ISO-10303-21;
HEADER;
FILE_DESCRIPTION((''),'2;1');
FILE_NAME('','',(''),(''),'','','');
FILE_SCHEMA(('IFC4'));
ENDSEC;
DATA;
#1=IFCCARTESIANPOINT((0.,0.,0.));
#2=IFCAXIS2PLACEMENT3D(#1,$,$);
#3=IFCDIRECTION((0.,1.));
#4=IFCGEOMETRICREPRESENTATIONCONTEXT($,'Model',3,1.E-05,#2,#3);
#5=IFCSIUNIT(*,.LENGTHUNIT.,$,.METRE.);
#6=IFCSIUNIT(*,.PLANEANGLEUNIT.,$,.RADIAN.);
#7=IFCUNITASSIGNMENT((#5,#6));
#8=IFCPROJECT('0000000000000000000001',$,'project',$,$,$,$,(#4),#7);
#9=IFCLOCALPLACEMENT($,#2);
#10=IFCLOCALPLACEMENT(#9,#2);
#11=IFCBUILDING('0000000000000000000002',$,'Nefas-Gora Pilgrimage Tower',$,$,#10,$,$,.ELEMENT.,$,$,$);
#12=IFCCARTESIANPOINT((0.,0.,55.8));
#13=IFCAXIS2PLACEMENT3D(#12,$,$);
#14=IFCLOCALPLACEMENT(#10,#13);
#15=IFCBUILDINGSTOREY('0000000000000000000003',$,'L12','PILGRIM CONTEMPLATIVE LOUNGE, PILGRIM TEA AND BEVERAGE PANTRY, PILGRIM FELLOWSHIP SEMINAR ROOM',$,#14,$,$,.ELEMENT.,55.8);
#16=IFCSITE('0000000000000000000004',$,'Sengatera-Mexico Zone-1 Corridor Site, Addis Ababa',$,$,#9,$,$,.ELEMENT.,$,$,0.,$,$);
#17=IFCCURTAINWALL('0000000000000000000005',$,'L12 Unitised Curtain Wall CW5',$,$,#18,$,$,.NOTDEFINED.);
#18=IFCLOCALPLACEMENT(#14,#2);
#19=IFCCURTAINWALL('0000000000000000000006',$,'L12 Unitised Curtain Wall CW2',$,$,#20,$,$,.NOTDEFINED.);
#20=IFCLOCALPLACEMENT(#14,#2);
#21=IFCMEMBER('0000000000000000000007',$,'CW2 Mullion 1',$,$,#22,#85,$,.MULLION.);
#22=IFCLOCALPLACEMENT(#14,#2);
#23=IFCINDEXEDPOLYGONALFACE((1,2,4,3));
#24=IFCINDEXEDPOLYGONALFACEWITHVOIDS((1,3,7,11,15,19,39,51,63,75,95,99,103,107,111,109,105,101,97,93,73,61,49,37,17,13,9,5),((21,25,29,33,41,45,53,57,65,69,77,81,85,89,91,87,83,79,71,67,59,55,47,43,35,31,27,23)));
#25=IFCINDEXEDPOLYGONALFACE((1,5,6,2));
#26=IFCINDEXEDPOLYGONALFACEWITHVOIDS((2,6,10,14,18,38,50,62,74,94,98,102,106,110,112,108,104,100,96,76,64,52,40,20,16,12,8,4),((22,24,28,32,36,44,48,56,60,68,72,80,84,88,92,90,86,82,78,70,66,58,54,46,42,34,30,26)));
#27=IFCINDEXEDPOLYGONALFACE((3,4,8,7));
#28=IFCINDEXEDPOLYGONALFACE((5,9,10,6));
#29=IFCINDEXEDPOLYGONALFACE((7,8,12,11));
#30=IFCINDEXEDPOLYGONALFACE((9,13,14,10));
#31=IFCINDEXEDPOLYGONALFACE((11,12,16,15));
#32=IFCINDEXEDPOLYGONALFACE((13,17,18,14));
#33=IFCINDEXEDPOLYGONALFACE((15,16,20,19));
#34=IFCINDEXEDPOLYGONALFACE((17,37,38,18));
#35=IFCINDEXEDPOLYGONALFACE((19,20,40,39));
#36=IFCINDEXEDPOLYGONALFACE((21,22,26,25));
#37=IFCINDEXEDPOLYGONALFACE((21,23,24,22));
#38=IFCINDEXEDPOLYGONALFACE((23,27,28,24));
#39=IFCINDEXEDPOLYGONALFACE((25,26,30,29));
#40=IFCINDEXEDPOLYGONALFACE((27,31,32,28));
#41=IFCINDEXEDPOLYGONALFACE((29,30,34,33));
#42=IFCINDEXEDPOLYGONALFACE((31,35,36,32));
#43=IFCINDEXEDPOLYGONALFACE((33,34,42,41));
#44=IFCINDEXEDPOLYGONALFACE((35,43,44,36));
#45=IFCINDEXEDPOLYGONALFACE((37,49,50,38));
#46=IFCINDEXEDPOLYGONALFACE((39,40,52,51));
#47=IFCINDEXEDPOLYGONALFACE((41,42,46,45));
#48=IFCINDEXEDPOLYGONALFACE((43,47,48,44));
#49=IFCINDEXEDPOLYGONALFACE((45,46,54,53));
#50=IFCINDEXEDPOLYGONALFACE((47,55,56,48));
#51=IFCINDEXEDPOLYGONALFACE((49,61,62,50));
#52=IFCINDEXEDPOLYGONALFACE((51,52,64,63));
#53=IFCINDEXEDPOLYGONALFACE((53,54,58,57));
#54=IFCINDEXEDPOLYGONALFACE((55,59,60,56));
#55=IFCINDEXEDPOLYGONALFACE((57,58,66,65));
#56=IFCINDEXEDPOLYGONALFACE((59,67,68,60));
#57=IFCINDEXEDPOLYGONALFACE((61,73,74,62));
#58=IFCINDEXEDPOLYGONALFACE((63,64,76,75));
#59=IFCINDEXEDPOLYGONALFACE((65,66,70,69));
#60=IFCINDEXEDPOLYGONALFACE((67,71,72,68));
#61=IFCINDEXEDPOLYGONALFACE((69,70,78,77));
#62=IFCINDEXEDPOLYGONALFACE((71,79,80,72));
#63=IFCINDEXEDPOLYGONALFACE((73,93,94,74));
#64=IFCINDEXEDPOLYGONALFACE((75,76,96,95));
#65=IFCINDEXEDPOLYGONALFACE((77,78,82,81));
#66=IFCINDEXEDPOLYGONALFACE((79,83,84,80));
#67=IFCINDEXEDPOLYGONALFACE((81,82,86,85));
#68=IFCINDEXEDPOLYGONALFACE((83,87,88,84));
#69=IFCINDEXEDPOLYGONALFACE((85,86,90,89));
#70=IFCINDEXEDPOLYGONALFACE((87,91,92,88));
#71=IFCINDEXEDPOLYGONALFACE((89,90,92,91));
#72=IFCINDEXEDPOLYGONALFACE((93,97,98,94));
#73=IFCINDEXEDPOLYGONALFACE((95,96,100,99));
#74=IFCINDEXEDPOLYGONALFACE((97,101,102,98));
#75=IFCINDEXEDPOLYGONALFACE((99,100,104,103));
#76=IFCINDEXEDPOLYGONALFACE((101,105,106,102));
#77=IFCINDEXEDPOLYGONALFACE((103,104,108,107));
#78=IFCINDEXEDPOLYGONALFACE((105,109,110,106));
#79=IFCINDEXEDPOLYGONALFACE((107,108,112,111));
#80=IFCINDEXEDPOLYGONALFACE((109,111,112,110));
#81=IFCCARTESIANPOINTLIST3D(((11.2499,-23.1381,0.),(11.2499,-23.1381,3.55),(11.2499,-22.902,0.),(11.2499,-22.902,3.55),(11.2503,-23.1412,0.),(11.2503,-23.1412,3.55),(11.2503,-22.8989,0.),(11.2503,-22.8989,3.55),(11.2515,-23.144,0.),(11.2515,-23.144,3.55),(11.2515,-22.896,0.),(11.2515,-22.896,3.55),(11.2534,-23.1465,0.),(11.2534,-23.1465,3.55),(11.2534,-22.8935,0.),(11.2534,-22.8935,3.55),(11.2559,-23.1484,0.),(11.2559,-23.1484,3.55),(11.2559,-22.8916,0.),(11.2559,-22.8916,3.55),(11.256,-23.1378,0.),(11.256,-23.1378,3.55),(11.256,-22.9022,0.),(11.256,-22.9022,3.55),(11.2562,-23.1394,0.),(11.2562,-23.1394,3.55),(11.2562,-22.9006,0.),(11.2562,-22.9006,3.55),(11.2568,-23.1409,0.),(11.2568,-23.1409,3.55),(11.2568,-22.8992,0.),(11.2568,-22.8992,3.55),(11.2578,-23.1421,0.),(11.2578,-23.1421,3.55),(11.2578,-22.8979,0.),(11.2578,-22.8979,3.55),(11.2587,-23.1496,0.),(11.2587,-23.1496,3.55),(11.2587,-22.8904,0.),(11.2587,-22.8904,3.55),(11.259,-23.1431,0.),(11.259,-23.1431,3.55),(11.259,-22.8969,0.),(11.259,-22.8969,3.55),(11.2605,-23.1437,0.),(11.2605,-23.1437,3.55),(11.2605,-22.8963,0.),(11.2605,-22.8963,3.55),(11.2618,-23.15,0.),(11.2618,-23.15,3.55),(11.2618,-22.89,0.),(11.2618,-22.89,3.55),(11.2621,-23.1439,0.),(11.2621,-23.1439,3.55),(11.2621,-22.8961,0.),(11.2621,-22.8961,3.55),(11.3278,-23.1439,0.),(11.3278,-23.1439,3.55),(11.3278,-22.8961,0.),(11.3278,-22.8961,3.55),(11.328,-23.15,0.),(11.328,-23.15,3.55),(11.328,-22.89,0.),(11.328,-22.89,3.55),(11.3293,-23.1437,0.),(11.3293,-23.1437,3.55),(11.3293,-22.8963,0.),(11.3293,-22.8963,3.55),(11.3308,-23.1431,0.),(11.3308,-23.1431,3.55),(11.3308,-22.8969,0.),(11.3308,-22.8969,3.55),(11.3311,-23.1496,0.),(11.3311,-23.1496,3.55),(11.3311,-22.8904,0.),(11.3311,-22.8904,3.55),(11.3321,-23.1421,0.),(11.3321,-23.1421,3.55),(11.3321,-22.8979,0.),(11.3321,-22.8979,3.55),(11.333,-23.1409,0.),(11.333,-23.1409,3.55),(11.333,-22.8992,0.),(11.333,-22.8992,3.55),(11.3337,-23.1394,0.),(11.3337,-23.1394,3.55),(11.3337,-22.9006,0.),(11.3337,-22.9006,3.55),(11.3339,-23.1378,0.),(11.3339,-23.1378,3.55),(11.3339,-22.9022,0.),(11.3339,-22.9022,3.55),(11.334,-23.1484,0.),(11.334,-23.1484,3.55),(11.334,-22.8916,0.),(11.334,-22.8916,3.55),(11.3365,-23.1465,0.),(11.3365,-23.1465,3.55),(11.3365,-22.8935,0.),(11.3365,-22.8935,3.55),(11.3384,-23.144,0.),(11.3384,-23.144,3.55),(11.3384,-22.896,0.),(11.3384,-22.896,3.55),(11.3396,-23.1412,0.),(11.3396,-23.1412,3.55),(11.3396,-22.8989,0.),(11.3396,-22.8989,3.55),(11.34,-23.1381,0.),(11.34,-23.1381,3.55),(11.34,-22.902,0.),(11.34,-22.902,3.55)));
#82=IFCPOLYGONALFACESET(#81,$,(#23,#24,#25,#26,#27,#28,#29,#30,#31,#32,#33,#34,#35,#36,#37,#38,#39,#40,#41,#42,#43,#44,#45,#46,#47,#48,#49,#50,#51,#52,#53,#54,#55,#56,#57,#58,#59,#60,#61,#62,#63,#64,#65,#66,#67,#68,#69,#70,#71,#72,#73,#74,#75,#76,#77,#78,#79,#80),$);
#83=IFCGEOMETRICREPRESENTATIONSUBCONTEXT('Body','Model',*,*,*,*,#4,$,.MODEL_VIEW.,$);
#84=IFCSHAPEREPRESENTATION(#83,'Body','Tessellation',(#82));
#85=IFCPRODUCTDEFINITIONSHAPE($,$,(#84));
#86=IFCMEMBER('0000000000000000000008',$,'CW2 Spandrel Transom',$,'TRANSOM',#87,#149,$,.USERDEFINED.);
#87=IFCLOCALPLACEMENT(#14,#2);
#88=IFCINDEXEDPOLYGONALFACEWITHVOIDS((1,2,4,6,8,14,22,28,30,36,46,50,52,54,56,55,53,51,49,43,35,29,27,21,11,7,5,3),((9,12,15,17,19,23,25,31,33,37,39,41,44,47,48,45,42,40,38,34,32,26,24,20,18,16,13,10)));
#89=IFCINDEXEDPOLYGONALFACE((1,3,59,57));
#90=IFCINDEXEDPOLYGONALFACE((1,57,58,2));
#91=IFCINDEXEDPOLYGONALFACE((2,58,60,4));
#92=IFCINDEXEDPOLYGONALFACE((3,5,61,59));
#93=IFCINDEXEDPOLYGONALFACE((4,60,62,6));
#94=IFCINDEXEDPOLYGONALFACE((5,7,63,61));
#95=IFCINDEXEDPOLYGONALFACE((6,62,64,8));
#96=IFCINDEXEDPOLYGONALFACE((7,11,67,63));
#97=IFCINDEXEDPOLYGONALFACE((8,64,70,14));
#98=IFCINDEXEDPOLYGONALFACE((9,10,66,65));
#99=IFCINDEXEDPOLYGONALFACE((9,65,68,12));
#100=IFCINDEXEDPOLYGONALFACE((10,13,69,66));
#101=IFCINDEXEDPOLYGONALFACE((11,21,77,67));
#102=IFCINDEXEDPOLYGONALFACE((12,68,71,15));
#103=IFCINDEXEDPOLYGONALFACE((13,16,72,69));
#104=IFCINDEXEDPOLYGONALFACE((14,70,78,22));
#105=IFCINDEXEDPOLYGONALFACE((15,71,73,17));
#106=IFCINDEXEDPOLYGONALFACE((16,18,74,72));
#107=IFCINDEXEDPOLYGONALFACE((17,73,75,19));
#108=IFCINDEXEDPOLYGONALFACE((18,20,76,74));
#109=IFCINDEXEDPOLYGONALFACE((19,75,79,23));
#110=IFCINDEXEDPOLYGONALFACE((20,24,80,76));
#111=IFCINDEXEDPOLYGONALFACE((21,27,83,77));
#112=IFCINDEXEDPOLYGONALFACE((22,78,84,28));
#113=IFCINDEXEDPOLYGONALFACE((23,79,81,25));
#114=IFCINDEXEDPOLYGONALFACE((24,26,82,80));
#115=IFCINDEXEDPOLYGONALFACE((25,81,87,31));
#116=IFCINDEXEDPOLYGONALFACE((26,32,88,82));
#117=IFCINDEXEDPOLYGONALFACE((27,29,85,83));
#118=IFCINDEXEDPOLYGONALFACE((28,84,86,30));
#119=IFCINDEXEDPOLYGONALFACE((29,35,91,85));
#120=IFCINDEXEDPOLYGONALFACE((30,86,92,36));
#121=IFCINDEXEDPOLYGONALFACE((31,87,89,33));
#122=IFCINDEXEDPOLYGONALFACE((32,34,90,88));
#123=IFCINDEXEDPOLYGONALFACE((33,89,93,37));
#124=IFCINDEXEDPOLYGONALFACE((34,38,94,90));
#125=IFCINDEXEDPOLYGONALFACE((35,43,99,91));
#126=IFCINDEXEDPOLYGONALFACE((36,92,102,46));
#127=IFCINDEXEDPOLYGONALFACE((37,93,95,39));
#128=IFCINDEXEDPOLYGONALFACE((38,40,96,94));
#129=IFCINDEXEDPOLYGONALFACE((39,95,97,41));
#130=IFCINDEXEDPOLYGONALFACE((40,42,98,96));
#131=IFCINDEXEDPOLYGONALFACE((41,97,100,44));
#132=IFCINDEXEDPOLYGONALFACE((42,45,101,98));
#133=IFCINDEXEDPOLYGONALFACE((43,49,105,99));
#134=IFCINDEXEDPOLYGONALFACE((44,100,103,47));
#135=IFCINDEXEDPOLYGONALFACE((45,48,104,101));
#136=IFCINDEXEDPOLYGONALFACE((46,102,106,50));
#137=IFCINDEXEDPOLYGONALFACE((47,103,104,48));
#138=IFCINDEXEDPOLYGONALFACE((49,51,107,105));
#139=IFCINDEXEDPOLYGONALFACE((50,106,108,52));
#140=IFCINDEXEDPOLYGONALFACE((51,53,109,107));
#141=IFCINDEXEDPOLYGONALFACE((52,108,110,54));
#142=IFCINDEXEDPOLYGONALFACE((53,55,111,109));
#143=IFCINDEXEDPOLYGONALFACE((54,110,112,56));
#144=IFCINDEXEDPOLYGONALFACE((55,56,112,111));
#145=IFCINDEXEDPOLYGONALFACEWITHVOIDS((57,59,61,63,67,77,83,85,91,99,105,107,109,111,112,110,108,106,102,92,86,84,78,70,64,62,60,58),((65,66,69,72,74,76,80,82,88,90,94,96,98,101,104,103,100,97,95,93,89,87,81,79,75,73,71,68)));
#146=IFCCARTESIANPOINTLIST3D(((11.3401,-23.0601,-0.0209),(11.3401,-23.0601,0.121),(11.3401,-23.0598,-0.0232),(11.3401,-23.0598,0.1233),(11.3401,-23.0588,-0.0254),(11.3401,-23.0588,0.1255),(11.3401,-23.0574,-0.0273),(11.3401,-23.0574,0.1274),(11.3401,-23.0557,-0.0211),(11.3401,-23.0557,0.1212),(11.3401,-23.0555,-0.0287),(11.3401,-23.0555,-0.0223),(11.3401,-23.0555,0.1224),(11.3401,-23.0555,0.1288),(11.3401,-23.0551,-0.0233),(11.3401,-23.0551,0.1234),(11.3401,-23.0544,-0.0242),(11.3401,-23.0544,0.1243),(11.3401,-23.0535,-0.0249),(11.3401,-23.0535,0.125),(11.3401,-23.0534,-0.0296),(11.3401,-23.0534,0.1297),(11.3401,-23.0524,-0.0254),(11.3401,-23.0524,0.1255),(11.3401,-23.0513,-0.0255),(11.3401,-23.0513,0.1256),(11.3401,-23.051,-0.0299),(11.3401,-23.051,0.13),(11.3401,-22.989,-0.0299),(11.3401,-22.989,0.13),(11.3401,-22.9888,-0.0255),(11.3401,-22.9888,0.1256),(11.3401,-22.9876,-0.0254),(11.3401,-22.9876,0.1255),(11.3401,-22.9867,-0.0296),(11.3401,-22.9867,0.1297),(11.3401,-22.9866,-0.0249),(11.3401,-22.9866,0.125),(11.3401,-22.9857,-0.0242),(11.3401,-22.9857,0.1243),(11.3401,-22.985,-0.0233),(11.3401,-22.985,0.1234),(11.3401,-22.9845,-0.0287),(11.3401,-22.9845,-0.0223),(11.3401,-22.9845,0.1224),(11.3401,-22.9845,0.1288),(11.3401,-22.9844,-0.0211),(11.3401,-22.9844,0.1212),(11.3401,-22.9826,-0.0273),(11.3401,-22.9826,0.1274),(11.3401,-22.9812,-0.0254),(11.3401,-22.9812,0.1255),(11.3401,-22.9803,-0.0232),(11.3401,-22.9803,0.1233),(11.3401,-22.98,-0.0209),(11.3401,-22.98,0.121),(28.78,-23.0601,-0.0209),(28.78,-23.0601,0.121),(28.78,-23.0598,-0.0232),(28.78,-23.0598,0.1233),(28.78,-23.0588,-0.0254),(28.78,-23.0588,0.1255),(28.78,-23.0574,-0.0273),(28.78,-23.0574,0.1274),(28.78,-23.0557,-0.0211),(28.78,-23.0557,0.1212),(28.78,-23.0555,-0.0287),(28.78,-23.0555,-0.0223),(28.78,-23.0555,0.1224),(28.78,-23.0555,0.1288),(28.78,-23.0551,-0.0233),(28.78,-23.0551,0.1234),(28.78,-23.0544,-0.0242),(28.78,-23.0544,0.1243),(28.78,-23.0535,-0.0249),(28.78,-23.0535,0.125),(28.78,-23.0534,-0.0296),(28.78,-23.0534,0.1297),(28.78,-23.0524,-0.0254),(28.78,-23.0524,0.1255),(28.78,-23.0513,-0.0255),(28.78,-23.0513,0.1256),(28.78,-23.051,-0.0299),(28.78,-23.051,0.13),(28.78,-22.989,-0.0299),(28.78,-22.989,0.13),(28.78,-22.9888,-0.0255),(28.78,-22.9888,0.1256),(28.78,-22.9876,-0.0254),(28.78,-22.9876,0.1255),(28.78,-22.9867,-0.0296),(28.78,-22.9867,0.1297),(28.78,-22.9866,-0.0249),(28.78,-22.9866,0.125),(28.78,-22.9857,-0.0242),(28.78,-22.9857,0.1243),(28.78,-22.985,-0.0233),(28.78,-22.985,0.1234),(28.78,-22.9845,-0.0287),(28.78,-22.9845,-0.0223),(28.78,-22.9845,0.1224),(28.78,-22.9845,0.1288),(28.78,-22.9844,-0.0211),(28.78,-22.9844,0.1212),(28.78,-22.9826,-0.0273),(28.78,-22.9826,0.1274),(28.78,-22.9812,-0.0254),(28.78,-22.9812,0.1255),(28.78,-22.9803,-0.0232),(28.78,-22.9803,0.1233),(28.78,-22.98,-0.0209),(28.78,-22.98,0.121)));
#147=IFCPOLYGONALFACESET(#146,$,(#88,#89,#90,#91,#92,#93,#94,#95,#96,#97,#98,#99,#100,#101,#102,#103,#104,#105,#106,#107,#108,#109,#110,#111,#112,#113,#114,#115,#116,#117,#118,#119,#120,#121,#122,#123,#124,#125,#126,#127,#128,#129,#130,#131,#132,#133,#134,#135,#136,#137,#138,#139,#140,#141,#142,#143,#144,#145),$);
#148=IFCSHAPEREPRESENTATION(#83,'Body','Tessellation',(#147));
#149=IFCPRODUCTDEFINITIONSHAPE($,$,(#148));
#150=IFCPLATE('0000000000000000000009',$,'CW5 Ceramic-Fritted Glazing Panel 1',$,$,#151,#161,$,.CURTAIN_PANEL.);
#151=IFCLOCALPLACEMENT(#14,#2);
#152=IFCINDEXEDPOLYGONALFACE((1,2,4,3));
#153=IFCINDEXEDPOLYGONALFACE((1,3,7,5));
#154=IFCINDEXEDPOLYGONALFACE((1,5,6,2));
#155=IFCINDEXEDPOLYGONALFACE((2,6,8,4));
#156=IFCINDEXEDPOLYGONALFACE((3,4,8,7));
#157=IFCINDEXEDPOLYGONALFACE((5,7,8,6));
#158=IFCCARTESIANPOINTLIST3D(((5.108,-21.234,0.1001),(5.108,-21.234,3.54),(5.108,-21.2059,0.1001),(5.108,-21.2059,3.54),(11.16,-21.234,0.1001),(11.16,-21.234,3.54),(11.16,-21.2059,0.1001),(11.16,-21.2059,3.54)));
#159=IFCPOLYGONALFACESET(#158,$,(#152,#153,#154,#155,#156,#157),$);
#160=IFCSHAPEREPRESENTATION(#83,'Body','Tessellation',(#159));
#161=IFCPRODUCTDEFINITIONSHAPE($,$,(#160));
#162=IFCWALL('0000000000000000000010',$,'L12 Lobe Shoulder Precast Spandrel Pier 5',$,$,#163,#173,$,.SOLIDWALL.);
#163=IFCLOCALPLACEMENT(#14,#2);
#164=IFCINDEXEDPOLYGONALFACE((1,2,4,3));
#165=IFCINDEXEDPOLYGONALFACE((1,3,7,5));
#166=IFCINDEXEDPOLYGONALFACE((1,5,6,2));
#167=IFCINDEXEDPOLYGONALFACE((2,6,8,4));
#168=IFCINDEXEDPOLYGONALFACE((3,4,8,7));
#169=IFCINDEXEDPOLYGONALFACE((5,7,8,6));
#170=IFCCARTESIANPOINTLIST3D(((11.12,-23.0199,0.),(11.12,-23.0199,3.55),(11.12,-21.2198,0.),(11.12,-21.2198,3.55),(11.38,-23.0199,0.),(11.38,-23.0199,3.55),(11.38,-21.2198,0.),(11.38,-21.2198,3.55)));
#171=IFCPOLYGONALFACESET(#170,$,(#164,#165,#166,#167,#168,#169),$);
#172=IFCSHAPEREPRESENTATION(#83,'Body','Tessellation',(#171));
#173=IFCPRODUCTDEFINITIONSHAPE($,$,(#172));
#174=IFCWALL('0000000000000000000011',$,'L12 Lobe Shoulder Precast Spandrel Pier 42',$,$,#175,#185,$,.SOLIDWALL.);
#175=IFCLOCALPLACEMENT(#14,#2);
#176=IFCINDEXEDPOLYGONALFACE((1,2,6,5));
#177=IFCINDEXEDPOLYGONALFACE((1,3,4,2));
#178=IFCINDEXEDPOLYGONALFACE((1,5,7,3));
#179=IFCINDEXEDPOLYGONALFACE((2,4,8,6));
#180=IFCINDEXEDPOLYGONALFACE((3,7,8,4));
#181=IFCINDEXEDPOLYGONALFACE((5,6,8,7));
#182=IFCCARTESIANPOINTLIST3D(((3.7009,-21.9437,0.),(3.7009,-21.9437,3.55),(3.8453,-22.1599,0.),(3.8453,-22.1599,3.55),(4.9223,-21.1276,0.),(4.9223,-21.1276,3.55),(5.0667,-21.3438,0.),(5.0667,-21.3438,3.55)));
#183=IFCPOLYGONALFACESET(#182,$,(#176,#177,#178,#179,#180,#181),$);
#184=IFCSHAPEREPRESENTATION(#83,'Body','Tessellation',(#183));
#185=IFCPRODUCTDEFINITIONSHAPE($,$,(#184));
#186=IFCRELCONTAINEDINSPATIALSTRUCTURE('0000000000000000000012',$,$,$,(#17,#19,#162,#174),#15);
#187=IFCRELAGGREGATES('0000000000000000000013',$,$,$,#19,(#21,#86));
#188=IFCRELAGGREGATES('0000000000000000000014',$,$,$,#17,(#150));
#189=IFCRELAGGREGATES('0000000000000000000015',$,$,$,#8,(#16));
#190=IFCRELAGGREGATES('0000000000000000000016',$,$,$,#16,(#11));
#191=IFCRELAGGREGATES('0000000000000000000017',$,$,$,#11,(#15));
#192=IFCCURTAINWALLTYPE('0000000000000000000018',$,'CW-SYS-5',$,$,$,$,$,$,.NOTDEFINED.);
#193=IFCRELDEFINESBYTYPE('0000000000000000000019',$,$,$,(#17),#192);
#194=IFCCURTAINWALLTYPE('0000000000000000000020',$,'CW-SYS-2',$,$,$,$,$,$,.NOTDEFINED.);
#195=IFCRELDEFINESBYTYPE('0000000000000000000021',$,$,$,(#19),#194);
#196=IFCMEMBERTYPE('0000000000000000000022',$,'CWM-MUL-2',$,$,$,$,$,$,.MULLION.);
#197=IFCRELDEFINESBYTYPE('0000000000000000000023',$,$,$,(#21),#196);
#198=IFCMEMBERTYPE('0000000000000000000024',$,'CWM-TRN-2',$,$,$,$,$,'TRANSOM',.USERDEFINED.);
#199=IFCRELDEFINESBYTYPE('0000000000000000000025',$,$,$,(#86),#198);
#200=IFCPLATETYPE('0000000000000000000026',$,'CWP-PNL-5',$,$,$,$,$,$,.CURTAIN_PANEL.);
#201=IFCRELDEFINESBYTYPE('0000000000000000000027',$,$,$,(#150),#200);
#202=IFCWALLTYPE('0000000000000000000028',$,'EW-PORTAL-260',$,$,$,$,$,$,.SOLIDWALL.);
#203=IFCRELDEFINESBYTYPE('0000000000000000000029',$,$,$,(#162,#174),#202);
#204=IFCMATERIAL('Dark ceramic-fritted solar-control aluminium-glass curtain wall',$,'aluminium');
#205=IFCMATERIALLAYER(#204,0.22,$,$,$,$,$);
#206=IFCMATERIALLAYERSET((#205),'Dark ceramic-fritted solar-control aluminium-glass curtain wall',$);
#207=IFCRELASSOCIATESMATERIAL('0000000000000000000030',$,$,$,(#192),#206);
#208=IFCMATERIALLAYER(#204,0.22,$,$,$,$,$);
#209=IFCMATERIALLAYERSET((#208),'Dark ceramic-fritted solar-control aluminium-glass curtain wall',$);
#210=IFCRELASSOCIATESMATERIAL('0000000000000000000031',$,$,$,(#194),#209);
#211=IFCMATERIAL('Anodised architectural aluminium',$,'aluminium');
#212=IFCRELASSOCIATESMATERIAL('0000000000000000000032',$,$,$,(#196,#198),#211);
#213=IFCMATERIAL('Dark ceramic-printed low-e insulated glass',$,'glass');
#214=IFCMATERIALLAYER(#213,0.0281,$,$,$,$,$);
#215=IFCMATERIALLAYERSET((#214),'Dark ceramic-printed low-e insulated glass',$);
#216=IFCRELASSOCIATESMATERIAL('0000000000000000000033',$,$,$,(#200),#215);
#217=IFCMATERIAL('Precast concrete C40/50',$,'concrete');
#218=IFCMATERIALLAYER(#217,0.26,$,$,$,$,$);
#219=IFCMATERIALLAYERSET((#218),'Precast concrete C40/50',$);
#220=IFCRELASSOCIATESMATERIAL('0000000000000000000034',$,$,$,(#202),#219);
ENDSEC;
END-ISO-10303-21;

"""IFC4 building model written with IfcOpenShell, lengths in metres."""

from ifc_helpers import new_model, si_unit, direction, frame, frame_2d, origin, origin_2d, place, context, subcontext, project, spatial, rectangle, hollow_rectangle, extrude, source, transform, mapped, material, layer, layer_set, material_profile, profile_set, type_object, element, aggregate, save


model = new_model("IFC4")

# Units and contexts
model_context = context("Model", 3, precision=1e-05, world=origin(), true_north=direction((0.0, 1.0)))
body_context = subcontext(model_context, "Body", "Model", "MODEL_VIEW")
ifc_project = project(units=[si_unit("LENGTHUNIT", "METRE"), si_unit("PLANEANGLEUNIT", "RADIAN")], contexts=[model_context])

# Site, building, storey
site_placement = place(None, origin())
site = spatial("IfcSite", under=ifc_project, at=site_placement, Name="Sengatera-Mexico Zone-1 Corridor Site, Addis Ababa", CompositionType="ELEMENT", RefElevation=0.0)
building_placement = place(site_placement, origin())
building = spatial("IfcBuilding", under=site, at=building_placement, Name="Nefas-Gora Pilgrimage Tower", CompositionType="ELEMENT")
storey_placement = place(building_placement, frame((0.0, 0.0, 55.8)))
storey = spatial("IfcBuildingStorey", under=building, at=storey_placement, Name="L12", Description="PILGRIM CONTEMPLATIVE LOUNGE, PILGRIM TEA AND BEVERAGE PANTRY, PILGRIM FELLOWSHIP SEMINAR ROOM", CompositionType="ELEMENT", Elevation=55.8)

# Curtain wall
ifc_material_1 = material(Name="Dark ceramic-fritted solar-control aluminium-glass curtain wall", Category="aluminium")
ifc_layer_1 = layer(ifc_material_1, 0.22)
ifc_layer_set_1 = layer_set([ifc_layer_1], Name="Dark ceramic-fritted solar-control aluminium-glass curtain wall")
curtain_wall_type_1 = type_object("IfcCurtainWallType", Name="CW-SYS-5", PredefinedType="NOTDEFINED", material=ifc_layer_set_1)
curtain_wall_1_placement = place(storey_placement, origin())
curtain_wall_1 = element("IfcCurtainWall", 1, at=curtain_wall_1_placement, inside=storey, type_object=curtain_wall_type_1, Name="L12 Unitised Curtain Wall CW5", PredefinedType="NOTDEFINED")
ifc_material_2 = material(Name="Anodised architectural aluminium", Category="aluminium")

# Curtain wall, members
ifc_layer_2 = layer(ifc_material_1, 0.22)
ifc_layer_set_2 = layer_set([ifc_layer_2], Name="Dark ceramic-fritted solar-control aluminium-glass curtain wall")
curtain_wall_type_2 = type_object("IfcCurtainWallType", Name="CW-SYS-2", PredefinedType="NOTDEFINED", material=ifc_layer_set_2)
curtain_wall_2_placement = place(storey_placement, origin())
curtain_wall_2 = element("IfcCurtainWall", 2, at=curtain_wall_2_placement, inside=storey, type_object=curtain_wall_type_2, Name="L12 Unitised Curtain Wall CW2", PredefinedType="NOTDEFINED")
ifc_material_profile_1 = material_profile(ifc_material_2, hollow_rectangle(XDim=0.0901, YDim=0.26, WallThickness=0.0061, InnerFilletRadius=0.0061, OuterFilletRadius=0.012, at=origin_2d()), Name="ALU MULLION 90x260")
ifc_profile_set_1 = profile_set([ifc_material_profile_1], Name="Anodised architectural aluminium")
member_type_1 = type_object("IfcMemberType", Name="CWM-MUL-2", PredefinedType="MULLION", material=ifc_profile_set_1)
shared_shape_1 = source(origin(), body_context, "Body", "SweptSolid", [
    extrude(hollow_rectangle(XDim=0.0901, YDim=0.26, WallThickness=0.0061, InnerFilletRadius=0.0061, OuterFilletRadius=0.012, at=origin_2d()), origin(), (0.0, 0.0, 1.0), 3.55),
])
member_1_placement = place(storey_placement, frame((11.2949, -23.02, 0.0), z_axis=(0.0, 0.0, 1.0), x_axis=(1.0, 0.0, 0.0)))
member_1 = element("IfcMember", 3, at=member_1_placement, type_object=member_type_1, Name="CW2 Mullion 1", PredefinedType="MULLION", context=body_context, shape_type="MappedRepresentation", body=[
    mapped(shared_shape_1, transform((0.0, 0.0, 0.0), x_axis=(1.0, 0.0, 0.0), y_axis=(0.0, 1.0, 0.0), z_axis=(0.0, 0.0, 1.0), scale=1.0)),
])
ifc_material_profile_2 = material_profile(ifc_material_2, hollow_rectangle(XDim=0.0801, YDim=0.1599, WallThickness=0.0044, InnerFilletRadius=0.0044, OuterFilletRadius=0.009, at=origin_2d()), Name="ALU TRANSOM 80x160")
ifc_profile_set_2 = profile_set([ifc_material_profile_2], Name="Anodised architectural aluminium")
member_type_2 = type_object("IfcMemberType", Name="CWM-TRN-2", ElementType="TRANSOM", PredefinedType="USERDEFINED", material=ifc_profile_set_2)
shared_shape_2 = source(origin(), body_context, "Body", "SweptSolid", [
    extrude(hollow_rectangle(XDim=0.0801, YDim=0.1599, WallThickness=0.0044, InnerFilletRadius=0.0044, OuterFilletRadius=0.009, at=origin_2d()), origin(), (0.0, 0.0, 1.0), 17.4399),
])
member_2_placement = place(storey_placement, frame((11.3401, -23.02, 0.05), z_axis=(1.0, 0.0, 0.0), x_axis=(0.0, 1.0, 0.0)))
member_2 = element("IfcMember", 4, at=member_2_placement, type_object=member_type_2, Name="CW2 Spandrel Transom", ObjectType="TRANSOM", PredefinedType="USERDEFINED", context=body_context, shape_type="MappedRepresentation", body=[
    mapped(shared_shape_2, transform((0.0, 0.0, 0.0), x_axis=(1.0, 0.0, 0.0), y_axis=(0.0, 1.0, 0.0), z_axis=(0.0, 0.0, 1.0), scale=1.0)),
])
aggregate(curtain_wall_2, [member_1, member_2])

# Plate
ifc_material_3 = material(Name="Dark ceramic-printed low-e insulated glass", Category="glass")
ifc_layer_3 = layer(ifc_material_3, 0.0281)
ifc_layer_set_3 = layer_set([ifc_layer_3], Name="Dark ceramic-printed low-e insulated glass")
plate_type = type_object("IfcPlateType", Name="CWP-PNL-5", PredefinedType="CURTAIN_PANEL", material=ifc_layer_set_3)
shared_shape_3 = source(origin(), body_context, "Body", "SweptSolid", [
    extrude(rectangle(XDim=6.052, YDim=0.0281, at=origin_2d()), origin(), (0.0, 0.0, 1.0), 3.4399),
])
plate_placement = place(storey_placement, frame((8.134, -21.22, 0.1001), z_axis=(0.0, 0.0, 1.0), x_axis=(1.0, 0.0, 0.0)))
plate = element("IfcPlate", 5, at=plate_placement, type_object=plate_type, Name="CW5 Ceramic-Fritted Glazing Panel 1", PredefinedType="CURTAIN_PANEL", context=body_context, shape_type="MappedRepresentation", body=[
    mapped(shared_shape_3, transform((0.0, 0.0, 0.0), x_axis=(1.0, 0.0, 0.0), y_axis=(0.0, 1.0, 0.0), z_axis=(0.0, 0.0, 1.0), scale=1.0)),
])
aggregate(curtain_wall_1, [plate])

# Walls
ifc_material_4 = material(Name="Precast concrete C40/50", Category="concrete")
ifc_layer_4 = layer(ifc_material_4, 0.26)
ifc_layer_set_4 = layer_set([ifc_layer_4], Name="Precast concrete C40/50")
wall_type_1 = type_object("IfcWallType", Name="EW-PORTAL-260", PredefinedType="SOLIDWALL", material=ifc_layer_set_4)
shared_shape_4 = source(origin(), body_context, "Body", "SweptSolid", [
    extrude(rectangle(XDim=1.8, YDim=0.26, at=frame_2d((0.8999, 0.0))), origin(), (0.0, 0.0, 1.0), 3.55),
])
wall_1_placement = place(storey_placement, frame((11.25, -21.22, 0.0), z_axis=(0.0, 0.0, 1.0), x_axis=(0.0, -1.0, 0.0)))
element("IfcWall", 6, at=wall_1_placement, inside=storey, type_object=wall_type_1, Name="L12 Lobe Shoulder Precast Spandrel Pier 5", PredefinedType="SOLIDWALL", context=body_context, shape_type="MappedRepresentation", body=[
    mapped(shared_shape_4, transform((0.0, 0.0, 0.0), x_axis=(1.0, 0.0, 0.0), y_axis=(0.0, 1.0, 0.0), z_axis=(0.0, 0.0, 1.0), scale=1.0)),
])
shared_shape_5 = source(origin(), body_context, "Body", "SweptSolid", [
    extrude(rectangle(XDim=1.469, YDim=0.26, at=frame_2d((0.7344, 0.0))), origin(), (0.0, 0.0, 1.0), 3.55),
])
wall_2_placement = place(storey_placement, frame((3.7732, -22.0518, 0.0), z_axis=(0.0, 0.0, 1.0), x_axis=(0.831462, 0.555582, 0.0)))
element("IfcWall", 7, at=wall_2_placement, inside=storey, type_object=wall_type_1, Name="L12 Lobe Shoulder Precast Spandrel Pier 42", PredefinedType="SOLIDWALL", context=body_context, shape_type="MappedRepresentation", body=[
    mapped(shared_shape_5, transform((0.0, 0.0, 0.0), x_axis=(1.0, 0.0, 0.0), y_axis=(0.0, 1.0, 0.0), z_axis=(0.0, 0.0, 1.0), scale=1.0)),
])

save(model, "model.ifc")
